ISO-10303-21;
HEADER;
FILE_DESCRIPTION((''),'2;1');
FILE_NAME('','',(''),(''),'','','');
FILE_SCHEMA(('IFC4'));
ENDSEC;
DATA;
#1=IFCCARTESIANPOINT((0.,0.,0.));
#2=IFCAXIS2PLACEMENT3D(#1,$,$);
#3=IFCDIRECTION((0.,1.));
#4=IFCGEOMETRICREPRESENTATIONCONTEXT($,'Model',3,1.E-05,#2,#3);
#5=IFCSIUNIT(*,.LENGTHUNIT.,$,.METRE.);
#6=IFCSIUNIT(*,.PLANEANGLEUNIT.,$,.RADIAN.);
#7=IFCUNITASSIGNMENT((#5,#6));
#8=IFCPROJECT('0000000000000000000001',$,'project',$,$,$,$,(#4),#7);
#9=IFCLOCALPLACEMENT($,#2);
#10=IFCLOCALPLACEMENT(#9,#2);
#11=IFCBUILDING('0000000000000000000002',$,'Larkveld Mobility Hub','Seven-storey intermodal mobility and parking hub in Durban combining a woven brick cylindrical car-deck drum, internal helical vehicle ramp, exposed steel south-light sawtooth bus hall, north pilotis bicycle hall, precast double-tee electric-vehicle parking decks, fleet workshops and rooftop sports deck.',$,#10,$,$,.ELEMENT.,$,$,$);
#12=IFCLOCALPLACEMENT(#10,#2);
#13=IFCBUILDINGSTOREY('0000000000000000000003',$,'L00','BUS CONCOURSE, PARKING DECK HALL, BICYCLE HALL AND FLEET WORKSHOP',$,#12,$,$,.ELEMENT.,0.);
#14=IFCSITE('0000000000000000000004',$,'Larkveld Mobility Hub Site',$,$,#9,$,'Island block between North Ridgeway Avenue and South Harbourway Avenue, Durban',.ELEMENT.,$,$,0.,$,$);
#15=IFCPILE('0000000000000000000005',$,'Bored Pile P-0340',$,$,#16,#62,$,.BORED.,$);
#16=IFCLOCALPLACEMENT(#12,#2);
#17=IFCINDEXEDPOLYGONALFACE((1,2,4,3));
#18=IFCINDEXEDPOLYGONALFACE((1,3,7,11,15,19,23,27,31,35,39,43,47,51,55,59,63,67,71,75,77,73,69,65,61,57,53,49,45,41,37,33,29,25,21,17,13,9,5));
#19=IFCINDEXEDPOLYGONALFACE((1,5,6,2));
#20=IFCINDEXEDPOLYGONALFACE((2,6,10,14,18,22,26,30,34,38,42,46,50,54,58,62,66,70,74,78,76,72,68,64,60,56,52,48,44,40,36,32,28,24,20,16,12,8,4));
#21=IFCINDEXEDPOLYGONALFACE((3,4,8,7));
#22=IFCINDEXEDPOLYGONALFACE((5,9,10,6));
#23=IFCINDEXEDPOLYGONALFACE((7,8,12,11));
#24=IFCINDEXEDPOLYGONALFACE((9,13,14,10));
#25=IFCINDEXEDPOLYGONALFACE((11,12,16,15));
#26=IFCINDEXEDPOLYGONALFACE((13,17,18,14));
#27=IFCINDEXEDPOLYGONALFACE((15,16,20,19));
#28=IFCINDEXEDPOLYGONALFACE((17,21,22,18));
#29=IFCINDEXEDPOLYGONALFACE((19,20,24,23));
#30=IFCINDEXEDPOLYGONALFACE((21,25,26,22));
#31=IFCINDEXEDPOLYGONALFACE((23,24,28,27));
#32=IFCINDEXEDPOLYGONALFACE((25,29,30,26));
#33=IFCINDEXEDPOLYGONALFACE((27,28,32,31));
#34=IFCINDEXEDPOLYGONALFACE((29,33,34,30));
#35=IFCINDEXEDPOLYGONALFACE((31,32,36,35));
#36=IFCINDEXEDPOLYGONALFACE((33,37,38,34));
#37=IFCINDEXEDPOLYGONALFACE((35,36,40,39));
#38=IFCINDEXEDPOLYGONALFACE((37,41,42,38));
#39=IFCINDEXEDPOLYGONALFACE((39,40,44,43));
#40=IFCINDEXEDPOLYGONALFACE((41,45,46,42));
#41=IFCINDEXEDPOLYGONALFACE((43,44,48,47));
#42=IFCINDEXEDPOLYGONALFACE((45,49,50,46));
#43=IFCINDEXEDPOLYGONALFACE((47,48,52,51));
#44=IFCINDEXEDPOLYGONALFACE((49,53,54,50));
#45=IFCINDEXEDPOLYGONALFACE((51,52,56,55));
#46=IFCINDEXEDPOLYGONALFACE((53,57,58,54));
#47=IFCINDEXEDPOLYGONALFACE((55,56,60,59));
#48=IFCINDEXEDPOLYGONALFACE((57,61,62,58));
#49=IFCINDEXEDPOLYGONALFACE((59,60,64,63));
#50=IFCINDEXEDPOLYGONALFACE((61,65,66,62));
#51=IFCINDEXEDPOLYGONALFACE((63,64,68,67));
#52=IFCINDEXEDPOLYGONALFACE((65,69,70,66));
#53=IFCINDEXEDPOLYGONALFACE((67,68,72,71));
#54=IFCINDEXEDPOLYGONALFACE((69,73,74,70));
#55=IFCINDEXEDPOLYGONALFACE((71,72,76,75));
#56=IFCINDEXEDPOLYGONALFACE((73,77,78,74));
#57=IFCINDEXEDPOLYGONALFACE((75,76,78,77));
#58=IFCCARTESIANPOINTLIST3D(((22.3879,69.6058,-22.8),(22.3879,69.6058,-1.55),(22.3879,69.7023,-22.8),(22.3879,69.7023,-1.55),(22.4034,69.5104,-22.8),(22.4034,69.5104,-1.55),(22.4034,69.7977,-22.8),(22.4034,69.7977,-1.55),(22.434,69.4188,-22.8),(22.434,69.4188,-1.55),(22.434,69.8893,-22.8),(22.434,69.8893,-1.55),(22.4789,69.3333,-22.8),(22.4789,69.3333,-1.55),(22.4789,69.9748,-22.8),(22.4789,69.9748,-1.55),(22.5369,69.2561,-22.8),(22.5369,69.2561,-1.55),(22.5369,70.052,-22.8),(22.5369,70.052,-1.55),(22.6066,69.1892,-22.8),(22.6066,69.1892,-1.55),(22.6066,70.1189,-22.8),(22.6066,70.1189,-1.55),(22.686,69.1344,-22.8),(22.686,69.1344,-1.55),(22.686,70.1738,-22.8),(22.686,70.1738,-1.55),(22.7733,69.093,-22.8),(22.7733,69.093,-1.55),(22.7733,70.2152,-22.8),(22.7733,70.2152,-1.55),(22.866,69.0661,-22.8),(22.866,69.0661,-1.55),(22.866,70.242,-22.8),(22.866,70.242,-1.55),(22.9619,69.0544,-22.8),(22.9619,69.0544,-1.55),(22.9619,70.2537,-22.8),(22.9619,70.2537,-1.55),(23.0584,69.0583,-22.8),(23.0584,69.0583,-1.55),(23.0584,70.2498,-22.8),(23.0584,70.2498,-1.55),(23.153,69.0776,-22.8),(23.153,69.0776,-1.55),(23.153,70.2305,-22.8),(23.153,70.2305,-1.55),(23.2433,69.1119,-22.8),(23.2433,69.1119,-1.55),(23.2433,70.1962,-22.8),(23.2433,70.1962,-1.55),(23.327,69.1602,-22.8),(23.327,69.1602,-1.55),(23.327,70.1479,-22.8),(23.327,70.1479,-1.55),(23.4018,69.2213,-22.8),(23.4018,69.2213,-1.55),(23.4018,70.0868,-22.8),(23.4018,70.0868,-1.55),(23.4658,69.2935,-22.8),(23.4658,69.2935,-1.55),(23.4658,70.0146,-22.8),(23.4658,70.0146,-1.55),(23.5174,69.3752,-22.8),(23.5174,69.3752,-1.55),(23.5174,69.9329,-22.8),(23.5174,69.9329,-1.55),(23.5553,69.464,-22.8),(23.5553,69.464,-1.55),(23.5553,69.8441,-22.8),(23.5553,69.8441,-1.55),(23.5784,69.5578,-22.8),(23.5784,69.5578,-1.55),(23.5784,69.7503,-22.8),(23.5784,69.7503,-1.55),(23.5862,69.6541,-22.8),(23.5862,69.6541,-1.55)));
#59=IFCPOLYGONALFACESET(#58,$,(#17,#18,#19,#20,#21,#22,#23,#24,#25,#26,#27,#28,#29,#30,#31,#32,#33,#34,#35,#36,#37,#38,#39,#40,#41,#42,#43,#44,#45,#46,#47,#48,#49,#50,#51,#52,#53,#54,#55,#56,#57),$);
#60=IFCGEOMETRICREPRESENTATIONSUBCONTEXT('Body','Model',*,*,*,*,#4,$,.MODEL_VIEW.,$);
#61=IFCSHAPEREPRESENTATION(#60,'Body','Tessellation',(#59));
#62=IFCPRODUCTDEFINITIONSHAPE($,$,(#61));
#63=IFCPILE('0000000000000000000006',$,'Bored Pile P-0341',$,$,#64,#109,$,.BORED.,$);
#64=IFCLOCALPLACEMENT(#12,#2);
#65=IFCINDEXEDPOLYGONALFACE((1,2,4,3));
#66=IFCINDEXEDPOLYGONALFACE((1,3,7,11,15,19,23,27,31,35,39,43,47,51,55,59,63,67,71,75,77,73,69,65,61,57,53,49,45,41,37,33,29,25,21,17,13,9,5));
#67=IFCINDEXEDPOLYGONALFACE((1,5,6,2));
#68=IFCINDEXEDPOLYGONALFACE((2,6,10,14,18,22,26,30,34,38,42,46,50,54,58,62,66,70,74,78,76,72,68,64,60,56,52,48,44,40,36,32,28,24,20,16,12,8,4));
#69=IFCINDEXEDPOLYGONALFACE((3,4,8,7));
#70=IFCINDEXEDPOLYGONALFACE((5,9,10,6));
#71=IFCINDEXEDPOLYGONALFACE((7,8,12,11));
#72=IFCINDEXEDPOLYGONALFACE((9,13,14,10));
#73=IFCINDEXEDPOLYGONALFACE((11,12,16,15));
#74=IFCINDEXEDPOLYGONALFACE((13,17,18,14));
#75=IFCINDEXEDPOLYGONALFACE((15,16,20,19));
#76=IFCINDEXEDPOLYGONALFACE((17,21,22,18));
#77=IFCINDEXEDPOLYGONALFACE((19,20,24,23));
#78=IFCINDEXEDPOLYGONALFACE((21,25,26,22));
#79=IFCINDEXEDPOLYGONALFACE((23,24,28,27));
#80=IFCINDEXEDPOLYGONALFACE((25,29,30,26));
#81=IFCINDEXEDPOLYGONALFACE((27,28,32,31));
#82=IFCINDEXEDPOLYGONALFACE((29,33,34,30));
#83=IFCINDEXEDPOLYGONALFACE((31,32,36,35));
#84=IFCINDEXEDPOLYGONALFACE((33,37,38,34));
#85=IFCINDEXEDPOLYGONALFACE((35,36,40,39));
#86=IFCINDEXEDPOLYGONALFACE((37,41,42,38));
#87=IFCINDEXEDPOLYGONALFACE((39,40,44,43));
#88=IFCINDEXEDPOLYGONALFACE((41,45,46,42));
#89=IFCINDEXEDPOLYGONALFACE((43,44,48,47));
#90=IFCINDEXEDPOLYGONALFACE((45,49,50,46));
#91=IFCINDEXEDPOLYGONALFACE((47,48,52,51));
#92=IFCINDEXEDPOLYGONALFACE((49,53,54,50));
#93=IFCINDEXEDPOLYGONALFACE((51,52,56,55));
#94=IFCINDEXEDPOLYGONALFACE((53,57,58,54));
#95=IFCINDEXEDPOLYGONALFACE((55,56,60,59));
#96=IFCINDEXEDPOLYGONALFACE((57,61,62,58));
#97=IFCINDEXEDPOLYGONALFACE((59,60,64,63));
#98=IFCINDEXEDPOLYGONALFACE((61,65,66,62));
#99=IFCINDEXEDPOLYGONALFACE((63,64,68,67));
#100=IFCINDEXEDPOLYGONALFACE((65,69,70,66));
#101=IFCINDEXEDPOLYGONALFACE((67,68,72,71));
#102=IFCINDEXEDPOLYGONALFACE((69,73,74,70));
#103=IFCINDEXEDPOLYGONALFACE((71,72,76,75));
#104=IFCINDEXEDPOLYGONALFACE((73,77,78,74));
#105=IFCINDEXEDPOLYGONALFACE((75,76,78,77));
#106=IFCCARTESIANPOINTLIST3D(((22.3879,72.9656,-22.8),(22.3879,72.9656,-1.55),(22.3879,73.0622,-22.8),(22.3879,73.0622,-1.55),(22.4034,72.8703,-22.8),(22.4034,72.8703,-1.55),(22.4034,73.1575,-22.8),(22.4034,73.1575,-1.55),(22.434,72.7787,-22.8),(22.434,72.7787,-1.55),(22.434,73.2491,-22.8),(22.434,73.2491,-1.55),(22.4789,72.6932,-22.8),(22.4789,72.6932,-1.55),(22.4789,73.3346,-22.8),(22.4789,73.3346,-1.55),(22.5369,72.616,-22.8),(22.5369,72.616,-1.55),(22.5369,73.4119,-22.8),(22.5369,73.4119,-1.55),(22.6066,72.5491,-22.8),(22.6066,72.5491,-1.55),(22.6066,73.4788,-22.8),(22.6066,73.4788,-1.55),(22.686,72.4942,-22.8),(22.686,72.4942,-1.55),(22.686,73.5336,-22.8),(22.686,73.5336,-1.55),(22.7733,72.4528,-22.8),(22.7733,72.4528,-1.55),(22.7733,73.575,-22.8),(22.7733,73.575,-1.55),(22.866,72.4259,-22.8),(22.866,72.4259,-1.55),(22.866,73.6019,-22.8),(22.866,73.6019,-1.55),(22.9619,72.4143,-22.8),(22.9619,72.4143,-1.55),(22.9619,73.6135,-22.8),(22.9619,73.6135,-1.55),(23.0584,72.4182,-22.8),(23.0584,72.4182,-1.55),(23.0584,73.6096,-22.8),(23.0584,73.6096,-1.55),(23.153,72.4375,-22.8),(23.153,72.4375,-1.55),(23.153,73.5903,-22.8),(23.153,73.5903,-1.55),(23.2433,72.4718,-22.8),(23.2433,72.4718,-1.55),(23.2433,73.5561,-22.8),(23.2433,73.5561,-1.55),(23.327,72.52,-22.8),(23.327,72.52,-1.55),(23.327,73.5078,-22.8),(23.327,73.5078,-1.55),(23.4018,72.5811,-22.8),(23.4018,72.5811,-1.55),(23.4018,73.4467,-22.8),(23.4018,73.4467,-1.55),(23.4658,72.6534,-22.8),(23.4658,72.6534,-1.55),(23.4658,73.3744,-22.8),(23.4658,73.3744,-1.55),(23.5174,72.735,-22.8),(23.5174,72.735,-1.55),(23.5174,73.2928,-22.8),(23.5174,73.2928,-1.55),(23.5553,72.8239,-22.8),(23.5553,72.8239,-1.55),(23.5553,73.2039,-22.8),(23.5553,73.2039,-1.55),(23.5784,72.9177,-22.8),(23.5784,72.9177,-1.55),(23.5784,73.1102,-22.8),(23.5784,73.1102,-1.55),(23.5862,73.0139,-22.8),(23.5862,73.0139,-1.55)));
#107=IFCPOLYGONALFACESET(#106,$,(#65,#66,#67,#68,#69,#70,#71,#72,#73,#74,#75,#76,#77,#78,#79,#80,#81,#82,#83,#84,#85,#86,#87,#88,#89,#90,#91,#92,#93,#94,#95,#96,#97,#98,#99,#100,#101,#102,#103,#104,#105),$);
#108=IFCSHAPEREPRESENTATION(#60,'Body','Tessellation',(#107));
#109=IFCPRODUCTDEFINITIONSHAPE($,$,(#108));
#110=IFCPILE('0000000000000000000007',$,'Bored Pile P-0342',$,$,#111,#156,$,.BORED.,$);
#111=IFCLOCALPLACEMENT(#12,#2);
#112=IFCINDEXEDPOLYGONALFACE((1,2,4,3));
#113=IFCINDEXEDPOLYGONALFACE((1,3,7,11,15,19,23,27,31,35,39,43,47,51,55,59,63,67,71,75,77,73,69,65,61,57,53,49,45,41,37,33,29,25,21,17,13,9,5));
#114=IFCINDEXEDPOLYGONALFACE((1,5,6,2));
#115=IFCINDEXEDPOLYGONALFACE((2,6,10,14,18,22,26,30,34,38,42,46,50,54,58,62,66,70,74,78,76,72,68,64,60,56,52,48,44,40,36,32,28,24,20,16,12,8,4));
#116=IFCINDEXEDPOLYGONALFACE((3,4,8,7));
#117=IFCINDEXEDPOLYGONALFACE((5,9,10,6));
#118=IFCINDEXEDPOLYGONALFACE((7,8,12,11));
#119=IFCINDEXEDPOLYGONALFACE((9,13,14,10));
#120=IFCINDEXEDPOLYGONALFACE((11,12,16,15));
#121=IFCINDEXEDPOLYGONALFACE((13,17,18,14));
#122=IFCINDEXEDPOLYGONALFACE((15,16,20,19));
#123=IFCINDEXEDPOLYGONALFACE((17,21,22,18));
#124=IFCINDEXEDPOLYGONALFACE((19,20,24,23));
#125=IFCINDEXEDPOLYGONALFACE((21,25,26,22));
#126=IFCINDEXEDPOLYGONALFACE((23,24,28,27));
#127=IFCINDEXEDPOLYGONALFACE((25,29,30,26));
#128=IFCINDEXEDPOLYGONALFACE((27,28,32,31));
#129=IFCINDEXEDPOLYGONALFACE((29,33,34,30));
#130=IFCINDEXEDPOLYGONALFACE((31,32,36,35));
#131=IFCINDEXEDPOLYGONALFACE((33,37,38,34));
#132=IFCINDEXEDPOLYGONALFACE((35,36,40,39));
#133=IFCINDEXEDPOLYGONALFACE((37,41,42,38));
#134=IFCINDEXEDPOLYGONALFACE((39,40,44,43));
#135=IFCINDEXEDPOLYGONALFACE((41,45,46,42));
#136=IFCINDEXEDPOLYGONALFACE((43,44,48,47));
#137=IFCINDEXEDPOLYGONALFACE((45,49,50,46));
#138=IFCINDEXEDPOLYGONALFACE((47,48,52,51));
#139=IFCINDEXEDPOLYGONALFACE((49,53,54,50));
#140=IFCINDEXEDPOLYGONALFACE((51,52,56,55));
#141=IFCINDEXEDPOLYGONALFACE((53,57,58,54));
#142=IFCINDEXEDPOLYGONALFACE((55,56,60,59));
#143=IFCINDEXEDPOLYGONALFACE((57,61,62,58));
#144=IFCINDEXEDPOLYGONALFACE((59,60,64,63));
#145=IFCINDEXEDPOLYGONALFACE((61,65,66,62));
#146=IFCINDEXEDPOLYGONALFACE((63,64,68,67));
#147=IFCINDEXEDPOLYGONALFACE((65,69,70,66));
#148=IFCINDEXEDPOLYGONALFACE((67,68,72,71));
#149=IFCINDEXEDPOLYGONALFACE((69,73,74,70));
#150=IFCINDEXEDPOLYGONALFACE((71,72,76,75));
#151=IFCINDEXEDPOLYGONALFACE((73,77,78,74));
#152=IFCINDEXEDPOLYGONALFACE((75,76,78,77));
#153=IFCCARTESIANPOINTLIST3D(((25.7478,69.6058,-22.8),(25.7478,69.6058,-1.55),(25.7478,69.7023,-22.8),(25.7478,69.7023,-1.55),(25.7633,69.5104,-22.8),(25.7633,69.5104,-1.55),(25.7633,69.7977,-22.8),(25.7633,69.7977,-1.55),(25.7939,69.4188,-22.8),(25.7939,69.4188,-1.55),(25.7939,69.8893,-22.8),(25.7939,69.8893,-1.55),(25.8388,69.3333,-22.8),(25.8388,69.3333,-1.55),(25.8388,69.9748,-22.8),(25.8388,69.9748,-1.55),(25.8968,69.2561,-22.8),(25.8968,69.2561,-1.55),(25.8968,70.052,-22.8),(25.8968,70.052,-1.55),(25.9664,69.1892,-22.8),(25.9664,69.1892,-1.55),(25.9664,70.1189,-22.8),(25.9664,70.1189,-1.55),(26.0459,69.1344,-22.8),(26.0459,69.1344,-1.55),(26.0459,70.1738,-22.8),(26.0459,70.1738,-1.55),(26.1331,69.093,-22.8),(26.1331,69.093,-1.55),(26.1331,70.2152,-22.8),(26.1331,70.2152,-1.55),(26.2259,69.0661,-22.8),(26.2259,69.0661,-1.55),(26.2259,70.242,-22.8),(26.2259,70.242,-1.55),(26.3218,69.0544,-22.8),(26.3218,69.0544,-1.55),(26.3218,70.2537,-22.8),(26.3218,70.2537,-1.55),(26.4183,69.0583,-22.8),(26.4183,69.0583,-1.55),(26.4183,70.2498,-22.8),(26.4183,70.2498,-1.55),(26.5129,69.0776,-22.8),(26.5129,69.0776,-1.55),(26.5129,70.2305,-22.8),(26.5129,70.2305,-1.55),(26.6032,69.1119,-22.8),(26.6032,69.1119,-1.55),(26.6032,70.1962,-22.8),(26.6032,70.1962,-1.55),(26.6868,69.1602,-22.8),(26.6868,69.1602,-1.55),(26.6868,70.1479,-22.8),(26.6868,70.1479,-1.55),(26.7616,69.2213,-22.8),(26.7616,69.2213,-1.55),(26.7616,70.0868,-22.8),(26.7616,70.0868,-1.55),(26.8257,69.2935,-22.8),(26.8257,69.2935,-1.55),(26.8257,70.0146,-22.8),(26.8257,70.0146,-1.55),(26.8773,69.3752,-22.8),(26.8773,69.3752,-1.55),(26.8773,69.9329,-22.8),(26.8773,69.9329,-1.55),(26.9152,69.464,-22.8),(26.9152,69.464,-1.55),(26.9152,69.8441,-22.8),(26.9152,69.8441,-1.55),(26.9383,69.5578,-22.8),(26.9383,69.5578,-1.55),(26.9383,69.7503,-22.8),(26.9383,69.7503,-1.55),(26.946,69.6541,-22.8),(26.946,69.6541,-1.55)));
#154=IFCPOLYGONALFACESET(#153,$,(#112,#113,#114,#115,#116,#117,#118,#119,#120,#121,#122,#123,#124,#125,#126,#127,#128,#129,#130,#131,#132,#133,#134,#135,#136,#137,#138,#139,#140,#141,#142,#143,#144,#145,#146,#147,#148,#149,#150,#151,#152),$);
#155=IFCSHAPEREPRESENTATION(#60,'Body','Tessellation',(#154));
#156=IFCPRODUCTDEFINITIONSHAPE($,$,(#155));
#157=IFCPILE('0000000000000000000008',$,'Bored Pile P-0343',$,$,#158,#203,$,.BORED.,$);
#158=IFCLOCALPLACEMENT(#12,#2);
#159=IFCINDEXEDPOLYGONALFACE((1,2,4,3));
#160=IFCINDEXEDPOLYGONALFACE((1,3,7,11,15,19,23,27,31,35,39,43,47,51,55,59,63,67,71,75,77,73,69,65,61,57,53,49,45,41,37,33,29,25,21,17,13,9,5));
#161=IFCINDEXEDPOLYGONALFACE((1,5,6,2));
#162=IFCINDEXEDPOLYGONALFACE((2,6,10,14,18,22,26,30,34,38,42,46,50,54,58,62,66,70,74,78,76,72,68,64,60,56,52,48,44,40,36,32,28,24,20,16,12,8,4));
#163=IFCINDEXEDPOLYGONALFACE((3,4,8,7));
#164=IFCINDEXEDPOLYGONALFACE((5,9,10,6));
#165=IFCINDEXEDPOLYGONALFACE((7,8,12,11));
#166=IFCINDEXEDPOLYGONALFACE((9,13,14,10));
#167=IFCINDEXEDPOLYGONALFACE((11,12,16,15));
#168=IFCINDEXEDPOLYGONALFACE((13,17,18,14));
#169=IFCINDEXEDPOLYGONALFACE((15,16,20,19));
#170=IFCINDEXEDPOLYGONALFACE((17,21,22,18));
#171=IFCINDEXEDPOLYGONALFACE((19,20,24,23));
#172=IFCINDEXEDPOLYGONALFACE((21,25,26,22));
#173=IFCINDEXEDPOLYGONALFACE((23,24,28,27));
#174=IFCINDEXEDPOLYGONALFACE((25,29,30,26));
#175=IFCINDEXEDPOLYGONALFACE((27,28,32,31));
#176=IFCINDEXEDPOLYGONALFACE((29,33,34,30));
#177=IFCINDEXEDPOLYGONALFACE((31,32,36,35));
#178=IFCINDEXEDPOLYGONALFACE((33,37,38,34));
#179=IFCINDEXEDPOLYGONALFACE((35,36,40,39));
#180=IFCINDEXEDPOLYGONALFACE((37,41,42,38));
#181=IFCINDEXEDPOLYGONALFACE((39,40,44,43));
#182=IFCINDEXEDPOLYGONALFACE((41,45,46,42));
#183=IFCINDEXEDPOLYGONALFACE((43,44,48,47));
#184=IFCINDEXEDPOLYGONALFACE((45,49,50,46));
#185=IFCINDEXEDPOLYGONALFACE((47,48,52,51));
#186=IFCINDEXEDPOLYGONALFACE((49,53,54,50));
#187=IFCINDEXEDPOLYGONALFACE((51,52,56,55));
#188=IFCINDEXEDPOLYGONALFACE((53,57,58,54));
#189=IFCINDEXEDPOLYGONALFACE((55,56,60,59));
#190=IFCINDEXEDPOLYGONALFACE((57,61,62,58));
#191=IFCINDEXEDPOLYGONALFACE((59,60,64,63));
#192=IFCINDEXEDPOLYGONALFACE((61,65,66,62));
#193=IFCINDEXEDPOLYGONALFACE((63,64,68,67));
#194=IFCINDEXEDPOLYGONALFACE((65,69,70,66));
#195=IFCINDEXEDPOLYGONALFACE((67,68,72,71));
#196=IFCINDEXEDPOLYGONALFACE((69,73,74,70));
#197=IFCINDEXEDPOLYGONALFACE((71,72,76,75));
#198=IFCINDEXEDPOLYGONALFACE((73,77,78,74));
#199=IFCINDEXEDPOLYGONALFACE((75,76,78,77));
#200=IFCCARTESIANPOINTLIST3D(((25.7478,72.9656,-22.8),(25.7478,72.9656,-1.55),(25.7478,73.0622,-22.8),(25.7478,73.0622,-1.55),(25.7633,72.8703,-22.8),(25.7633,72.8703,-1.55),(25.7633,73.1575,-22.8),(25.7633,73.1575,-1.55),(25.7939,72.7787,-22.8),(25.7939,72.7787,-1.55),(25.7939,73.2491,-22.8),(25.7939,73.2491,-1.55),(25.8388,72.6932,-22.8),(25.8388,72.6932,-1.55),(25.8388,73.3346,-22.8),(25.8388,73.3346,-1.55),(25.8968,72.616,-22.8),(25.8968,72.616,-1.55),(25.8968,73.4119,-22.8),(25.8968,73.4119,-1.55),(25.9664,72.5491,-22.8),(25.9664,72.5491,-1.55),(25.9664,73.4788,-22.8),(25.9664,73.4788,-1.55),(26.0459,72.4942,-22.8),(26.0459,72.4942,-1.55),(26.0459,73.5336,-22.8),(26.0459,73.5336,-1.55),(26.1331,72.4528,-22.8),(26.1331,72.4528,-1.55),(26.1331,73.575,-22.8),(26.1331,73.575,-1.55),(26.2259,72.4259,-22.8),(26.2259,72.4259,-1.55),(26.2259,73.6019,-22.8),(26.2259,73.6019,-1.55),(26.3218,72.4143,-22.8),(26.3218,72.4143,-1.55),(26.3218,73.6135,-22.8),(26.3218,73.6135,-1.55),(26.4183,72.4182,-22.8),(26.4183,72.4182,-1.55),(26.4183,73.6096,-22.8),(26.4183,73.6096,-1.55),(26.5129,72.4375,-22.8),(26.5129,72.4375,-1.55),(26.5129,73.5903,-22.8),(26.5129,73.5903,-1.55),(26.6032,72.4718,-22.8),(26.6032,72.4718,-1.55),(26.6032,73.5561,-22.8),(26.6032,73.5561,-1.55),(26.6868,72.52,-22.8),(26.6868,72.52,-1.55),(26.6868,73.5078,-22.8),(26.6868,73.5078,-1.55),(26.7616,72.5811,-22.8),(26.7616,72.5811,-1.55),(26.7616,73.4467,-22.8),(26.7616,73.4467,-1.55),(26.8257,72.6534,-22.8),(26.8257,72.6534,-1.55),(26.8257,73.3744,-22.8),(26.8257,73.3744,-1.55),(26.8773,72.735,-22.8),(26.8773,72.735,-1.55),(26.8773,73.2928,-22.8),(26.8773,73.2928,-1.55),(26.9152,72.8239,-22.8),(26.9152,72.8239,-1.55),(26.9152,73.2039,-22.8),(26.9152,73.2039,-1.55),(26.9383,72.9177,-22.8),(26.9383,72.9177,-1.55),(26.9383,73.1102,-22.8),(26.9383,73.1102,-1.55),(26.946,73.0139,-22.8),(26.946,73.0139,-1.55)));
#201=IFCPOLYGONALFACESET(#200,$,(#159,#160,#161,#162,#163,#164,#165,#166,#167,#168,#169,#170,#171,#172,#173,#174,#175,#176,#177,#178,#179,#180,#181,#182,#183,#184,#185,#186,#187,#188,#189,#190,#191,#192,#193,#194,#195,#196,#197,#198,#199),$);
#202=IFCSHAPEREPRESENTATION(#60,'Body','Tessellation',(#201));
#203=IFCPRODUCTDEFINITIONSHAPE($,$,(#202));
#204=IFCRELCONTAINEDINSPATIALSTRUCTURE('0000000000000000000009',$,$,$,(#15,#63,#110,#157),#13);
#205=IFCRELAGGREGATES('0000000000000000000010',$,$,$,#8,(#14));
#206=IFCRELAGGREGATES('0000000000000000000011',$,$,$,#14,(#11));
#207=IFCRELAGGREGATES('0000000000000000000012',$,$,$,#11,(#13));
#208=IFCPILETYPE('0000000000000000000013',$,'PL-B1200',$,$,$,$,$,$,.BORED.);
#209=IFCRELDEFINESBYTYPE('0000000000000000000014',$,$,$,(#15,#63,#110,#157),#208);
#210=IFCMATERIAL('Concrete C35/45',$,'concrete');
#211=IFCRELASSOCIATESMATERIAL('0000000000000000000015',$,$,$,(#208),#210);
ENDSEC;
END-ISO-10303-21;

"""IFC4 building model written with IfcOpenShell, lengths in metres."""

from ifc_helpers import new_model, si_unit, direction, frame, origin, origin_2d, place, context, subcontext, project, spatial, circle, extrude, material, material_profile, profile_set, type_object, element, save


model = new_model("IFC4")

# Units and contexts
model_context = context("Model", 3, precision=1e-05, world=origin(), true_north=direction((0.0, 1.0)))
body_context = subcontext(model_context, "Body", "Model", "MODEL_VIEW")
ifc_project = project(units=[si_unit("LENGTHUNIT", "METRE"), si_unit("PLANEANGLEUNIT", "RADIAN")], contexts=[model_context])

# Site, building, storey
site_placement = place(None, origin())
site = spatial("IfcSite", under=ifc_project, at=site_placement, Name="Larkveld Mobility Hub Site", LongName="Island block between North Ridgeway Avenue and South Harbourway Avenue, Durban", CompositionType="ELEMENT", RefElevation=0.0)
building_placement = place(site_placement, origin())
building = spatial("IfcBuilding", under=site, at=building_placement, Name="Larkveld Mobility Hub", Description="Seven-storey intermodal mobility and parking hub in Durban combining a woven brick cylindrical car-deck drum, internal helical vehicle ramp, exposed steel south-light sawtooth bus hall, north pilotis bicycle hall, precast double-tee electric-vehicle parking decks, fleet workshops and rooftop sports deck.", CompositionType="ELEMENT")
storey_placement = place(building_placement, origin())
storey = spatial("IfcBuildingStorey", under=building, at=storey_placement, Name="L00", Description="BUS CONCOURSE, PARKING DECK HALL, BICYCLE HALL AND FLEET WORKSHOP", CompositionType="ELEMENT", Elevation=0.0)

# Shared definitions
ifc_material_1 = material(Name="Concrete C35/45", Category="concrete")

# Piles
ifc_material_profile_1 = material_profile(ifc_material_1, circle(Radius=0.6001, at=origin_2d()), Name="PILE D1200")
ifc_profile_set_1 = profile_set([ifc_material_profile_1], Name="Concrete C35/45")
pile_type_1 = type_object("IfcPileType", Name="PL-B1200", PredefinedType="BORED", material=ifc_profile_set_1)
for number, where, z_axis, x_axis, name in (
    (1, (22.9861, 69.6541, -1.55), (0.0, 0.0, -1.0), (1.0, 0.0, 0.0), "Bored Pile P-0340"),
    (2, (22.9861, 73.0139, -1.55), (0.0, 0.0, -1.0), (1.0, 0.0, 0.0), "Bored Pile P-0341"),
    (3, (26.3459, 69.6541, -1.55), (0.0, 0.0, -1.0), (1.0, 0.0, 0.0), "Bored Pile P-0342"),
    (4, (26.3459, 73.0139, -1.55), (0.0, 0.0, -1.0), (1.0, 0.0, 0.0), "Bored Pile P-0343"),
):
    element("IfcPile", number, at=place(storey_placement, frame(where, z_axis=z_axis, x_axis=x_axis)), inside=storey, type_object=pile_type_1, Name=name, PredefinedType="BORED", context=body_context, shape_type="SweptSolid", body=[
        extrude(circle(Radius=0.6001, at=origin_2d()), origin(), (0.0, 0.0, 1.0), 21.25),
    ])

save(model, "model.ifc")
